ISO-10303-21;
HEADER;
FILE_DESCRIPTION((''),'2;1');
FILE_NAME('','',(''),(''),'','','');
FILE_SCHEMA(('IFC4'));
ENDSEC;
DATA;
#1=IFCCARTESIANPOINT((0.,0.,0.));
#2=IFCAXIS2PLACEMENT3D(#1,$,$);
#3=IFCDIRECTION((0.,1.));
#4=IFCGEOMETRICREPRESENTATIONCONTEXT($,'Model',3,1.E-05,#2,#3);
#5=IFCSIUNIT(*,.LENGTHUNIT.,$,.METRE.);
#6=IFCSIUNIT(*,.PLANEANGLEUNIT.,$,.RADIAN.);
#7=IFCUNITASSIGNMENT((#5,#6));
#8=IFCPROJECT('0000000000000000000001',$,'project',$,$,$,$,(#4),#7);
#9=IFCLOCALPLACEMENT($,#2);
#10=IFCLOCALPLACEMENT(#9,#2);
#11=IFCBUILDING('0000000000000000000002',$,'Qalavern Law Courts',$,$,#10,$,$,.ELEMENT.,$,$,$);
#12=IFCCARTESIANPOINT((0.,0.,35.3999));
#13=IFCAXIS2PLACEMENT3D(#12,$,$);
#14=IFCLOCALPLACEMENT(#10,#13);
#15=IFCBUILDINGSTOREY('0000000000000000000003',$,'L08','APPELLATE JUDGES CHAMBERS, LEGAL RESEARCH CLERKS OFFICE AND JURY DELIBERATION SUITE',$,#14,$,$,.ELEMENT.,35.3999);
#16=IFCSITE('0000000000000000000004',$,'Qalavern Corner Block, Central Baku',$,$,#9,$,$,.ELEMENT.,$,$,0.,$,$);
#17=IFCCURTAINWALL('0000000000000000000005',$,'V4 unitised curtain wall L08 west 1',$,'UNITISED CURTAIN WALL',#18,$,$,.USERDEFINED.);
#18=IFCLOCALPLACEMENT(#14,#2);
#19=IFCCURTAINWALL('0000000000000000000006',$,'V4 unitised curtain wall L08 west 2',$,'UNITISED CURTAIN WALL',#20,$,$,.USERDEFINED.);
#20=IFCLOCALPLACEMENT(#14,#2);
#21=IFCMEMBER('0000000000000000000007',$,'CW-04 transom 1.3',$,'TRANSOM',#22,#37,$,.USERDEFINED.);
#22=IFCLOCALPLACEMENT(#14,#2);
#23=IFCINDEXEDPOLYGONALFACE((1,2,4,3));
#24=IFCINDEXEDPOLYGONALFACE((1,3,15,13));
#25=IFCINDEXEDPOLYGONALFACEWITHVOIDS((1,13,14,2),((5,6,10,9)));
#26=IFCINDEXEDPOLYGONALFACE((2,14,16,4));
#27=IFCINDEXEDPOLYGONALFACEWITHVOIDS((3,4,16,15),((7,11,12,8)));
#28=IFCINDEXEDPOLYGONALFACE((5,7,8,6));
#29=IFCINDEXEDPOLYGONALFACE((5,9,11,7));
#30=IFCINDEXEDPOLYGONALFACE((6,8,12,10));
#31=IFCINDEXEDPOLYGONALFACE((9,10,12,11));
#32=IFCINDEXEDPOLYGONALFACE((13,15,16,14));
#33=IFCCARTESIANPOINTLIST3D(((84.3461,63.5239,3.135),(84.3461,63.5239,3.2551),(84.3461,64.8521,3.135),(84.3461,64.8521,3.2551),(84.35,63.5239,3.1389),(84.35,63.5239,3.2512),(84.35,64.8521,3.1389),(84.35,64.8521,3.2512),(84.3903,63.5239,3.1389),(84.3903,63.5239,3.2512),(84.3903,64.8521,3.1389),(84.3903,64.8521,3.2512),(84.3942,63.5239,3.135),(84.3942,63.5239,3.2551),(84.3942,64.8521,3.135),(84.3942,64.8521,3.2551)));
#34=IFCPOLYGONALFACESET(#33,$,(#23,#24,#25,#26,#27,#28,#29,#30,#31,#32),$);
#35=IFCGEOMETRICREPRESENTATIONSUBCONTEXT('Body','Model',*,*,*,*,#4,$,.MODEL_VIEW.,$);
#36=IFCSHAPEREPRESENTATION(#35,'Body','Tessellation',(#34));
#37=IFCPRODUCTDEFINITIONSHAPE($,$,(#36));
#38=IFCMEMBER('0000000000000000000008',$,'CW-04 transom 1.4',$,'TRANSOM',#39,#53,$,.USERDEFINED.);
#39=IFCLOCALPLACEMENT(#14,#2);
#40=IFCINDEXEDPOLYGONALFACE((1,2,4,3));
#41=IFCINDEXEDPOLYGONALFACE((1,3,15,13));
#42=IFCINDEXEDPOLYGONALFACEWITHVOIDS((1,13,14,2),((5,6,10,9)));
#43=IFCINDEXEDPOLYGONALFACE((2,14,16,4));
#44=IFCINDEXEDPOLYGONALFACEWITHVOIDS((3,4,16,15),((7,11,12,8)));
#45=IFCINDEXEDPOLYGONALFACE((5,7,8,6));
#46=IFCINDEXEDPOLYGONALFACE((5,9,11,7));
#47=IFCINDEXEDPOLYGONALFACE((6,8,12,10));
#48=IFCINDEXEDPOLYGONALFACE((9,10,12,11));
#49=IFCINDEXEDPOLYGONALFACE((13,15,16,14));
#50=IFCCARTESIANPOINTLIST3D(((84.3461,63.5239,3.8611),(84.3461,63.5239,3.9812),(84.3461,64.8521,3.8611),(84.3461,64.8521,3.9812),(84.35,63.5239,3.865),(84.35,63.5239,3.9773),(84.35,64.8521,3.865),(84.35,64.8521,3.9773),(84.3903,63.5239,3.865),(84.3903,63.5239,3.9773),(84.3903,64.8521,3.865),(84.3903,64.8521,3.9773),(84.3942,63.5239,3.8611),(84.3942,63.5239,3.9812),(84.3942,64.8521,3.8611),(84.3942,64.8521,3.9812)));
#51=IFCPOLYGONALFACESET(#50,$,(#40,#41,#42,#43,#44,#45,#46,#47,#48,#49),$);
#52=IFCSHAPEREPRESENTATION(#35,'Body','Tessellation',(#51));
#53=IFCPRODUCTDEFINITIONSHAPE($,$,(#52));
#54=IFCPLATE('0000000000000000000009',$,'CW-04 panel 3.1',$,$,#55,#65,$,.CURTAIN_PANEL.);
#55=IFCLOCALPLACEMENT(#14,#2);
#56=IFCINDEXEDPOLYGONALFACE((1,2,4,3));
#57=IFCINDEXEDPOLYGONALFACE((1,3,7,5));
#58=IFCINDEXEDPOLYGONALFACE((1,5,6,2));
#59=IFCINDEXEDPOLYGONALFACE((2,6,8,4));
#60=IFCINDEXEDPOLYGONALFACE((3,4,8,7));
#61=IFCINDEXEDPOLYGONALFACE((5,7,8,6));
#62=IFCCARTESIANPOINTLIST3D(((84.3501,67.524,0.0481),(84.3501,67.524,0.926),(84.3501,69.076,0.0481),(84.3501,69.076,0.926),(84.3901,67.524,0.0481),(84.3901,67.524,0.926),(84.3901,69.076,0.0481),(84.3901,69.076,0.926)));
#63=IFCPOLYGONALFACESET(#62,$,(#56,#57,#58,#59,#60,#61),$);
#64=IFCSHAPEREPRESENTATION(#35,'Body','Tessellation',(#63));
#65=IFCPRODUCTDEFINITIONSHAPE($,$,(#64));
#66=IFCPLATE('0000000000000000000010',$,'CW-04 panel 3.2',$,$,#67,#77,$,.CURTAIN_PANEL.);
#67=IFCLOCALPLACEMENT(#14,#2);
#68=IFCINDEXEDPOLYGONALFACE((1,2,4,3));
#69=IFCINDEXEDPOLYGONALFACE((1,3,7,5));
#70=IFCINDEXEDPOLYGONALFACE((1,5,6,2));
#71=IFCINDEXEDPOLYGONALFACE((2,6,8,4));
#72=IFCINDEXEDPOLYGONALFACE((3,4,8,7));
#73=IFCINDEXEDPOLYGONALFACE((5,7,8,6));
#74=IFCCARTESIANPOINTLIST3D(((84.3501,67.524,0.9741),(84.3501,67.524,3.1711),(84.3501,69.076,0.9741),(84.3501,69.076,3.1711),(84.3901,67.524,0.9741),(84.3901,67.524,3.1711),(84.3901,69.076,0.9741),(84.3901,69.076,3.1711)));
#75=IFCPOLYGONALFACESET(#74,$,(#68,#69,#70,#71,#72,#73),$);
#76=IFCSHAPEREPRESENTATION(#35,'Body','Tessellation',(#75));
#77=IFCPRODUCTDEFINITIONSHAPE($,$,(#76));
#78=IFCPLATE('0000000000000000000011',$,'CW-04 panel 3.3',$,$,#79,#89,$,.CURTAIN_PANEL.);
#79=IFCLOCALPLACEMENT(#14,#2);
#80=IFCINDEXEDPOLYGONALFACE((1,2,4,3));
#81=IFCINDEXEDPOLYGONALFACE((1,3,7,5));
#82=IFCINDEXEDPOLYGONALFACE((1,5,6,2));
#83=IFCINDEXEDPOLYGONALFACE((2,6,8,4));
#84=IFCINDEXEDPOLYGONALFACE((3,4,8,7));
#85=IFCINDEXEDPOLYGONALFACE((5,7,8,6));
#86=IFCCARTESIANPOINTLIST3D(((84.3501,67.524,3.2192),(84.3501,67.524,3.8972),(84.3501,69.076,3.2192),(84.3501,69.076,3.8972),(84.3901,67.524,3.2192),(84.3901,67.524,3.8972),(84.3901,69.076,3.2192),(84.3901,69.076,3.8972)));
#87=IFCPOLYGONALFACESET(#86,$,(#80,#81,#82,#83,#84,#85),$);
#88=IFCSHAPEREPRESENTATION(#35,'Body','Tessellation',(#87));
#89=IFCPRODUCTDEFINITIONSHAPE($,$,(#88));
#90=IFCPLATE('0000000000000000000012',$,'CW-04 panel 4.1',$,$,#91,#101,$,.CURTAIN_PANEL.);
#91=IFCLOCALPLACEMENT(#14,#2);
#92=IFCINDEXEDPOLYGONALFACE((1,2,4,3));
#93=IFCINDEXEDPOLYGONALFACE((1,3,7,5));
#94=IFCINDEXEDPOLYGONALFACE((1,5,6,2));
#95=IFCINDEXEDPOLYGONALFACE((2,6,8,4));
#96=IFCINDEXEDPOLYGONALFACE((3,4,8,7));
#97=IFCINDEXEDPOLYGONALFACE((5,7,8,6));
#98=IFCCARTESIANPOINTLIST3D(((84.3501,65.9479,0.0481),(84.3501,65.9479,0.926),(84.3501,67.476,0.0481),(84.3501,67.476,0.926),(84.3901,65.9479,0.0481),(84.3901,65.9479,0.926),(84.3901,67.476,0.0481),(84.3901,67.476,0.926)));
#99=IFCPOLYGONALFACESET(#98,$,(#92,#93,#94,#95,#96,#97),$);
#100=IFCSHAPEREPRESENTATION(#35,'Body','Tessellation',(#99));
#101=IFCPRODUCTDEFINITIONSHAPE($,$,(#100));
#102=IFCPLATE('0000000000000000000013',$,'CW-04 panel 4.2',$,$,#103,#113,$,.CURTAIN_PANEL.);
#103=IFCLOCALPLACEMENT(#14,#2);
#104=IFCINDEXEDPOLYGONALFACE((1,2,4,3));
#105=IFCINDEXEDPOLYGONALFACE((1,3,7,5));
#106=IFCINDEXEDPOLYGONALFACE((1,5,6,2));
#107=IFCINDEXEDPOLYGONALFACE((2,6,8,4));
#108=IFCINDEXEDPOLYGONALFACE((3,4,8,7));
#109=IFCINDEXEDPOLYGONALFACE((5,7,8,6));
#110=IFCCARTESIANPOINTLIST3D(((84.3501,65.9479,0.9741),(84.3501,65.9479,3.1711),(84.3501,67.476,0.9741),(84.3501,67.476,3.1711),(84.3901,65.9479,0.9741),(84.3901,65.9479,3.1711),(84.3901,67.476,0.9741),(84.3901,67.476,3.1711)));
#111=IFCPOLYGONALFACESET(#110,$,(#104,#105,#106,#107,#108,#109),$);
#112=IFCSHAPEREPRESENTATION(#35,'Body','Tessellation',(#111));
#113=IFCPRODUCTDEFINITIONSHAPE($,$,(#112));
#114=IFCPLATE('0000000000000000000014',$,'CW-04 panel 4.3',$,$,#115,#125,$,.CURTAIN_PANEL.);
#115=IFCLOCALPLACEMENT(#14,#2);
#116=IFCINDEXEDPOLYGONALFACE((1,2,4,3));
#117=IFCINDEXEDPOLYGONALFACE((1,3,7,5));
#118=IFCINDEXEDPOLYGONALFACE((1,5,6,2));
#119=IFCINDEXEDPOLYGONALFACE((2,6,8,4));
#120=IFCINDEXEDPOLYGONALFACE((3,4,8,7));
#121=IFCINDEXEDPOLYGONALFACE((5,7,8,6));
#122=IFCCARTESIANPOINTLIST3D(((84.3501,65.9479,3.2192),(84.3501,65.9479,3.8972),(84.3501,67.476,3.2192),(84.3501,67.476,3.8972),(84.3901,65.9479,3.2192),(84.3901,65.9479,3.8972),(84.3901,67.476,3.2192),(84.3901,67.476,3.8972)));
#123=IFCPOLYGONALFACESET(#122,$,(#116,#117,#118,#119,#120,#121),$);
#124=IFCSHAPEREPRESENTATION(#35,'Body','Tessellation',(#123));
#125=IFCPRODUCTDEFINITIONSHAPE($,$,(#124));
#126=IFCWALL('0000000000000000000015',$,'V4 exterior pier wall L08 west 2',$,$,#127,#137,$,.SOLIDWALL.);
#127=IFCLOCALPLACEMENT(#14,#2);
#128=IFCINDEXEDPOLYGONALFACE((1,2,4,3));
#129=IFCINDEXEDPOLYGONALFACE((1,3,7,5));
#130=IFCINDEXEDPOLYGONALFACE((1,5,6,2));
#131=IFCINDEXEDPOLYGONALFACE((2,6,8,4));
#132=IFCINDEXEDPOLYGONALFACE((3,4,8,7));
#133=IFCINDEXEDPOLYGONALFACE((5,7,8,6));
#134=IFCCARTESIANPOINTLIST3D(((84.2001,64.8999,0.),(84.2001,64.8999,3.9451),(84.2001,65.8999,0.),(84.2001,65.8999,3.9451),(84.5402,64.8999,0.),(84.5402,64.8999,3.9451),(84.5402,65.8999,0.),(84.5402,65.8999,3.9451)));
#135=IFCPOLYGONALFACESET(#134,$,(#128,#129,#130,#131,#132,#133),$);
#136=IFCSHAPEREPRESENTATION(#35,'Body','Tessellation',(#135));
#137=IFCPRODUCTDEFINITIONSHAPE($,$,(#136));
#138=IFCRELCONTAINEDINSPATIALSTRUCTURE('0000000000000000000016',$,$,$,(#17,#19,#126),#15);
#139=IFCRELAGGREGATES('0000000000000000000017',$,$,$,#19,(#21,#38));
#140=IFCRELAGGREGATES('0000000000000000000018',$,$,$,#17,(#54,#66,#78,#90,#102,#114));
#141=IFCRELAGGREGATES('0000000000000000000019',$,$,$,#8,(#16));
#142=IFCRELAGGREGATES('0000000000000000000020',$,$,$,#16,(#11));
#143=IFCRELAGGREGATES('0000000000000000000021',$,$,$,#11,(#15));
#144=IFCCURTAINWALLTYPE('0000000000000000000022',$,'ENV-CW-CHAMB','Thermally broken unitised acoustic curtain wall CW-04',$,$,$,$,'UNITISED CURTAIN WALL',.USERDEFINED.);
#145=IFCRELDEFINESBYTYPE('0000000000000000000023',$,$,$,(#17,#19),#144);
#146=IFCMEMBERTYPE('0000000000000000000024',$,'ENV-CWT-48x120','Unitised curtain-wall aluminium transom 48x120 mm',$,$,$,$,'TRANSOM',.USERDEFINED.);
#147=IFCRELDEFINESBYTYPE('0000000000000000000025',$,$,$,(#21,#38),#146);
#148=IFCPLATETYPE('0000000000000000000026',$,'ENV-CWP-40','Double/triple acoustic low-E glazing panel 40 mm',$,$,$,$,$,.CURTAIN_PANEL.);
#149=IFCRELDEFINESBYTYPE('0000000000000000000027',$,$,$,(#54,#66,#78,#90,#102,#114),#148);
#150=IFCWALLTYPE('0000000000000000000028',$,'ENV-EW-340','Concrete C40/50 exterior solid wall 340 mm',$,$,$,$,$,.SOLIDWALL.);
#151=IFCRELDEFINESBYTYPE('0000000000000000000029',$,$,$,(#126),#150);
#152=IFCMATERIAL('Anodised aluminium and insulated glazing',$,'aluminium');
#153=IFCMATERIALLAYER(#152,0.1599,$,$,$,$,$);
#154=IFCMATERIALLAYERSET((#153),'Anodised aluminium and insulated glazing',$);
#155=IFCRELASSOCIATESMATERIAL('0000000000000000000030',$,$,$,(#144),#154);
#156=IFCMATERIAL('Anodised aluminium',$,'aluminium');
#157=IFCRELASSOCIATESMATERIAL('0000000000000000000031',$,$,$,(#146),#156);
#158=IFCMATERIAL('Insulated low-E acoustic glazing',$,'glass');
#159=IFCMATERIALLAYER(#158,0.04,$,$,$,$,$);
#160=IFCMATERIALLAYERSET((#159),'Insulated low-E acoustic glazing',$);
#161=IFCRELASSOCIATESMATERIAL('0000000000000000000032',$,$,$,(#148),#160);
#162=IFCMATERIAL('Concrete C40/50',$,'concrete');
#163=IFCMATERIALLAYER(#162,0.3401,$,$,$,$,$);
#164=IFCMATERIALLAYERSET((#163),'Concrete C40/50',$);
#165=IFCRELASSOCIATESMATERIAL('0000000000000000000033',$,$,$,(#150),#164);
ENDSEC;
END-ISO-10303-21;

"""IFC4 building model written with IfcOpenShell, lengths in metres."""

from ifc_helpers import new_model, si_unit, direction, frame, frame_2d, origin, origin_2d, place, context, subcontext, project, spatial, rectangle, hollow_rectangle, extrude, material, layer, layer_set, material_profile, profile_set, type_object, element, aggregate, save


model = new_model("IFC4")

# Units and contexts
model_context = context("Model", 3, precision=1e-05, world=origin(), true_north=direction((0.0, 1.0)))
body_context = subcontext(model_context, "Body", "Model", "MODEL_VIEW")
ifc_project = project(units=[si_unit("LENGTHUNIT", "METRE"), si_unit("PLANEANGLEUNIT", "RADIAN")], contexts=[model_context])

# Site, building, storey
site_placement = place(None, origin())
site = spatial("IfcSite", under=ifc_project, at=site_placement, Name="Qalavern Corner Block, Central Baku", CompositionType="ELEMENT", RefElevation=0.0)
building_placement = place(site_placement, origin())
building = spatial("IfcBuilding", under=site, at=building_placement, Name="Qalavern Law Courts", CompositionType="ELEMENT")
storey_placement = place(building_placement, frame((0.0, 0.0, 35.3999)))
storey = spatial("IfcBuildingStorey", under=building, at=storey_placement, Name="L08", Description="APPELLATE JUDGES CHAMBERS, LEGAL RESEARCH CLERKS OFFICE AND JURY DELIBERATION SUITE", CompositionType="ELEMENT", Elevation=35.3999)

# Curtain wall
ifc_material_1 = material(Name="Anodised aluminium and insulated glazing", Category="aluminium")
ifc_layer_1 = layer(ifc_material_1, 0.1599)
ifc_layer_set_1 = layer_set([ifc_layer_1], Name="Anodised aluminium and insulated glazing")
curtain_wall_type = type_object("IfcCurtainWallType", Name="ENV-CW-CHAMB", Description="Thermally broken unitised acoustic curtain wall CW-04", ElementType="UNITISED CURTAIN WALL", PredefinedType="USERDEFINED", material=ifc_layer_set_1)
curtain_wall_1_placement = place(storey_placement, origin())
curtain_wall_1 = element("IfcCurtainWall", 1, at=curtain_wall_1_placement, inside=storey, type_object=curtain_wall_type, Name="V4 unitised curtain wall L08 west 1", ObjectType="UNITISED CURTAIN WALL", PredefinedType="USERDEFINED")
ifc_material_2 = material(Name="Anodised aluminium", Category="aluminium")

# Curtain wall
curtain_wall_2_placement = place(storey_placement, origin())
curtain_wall_2 = element("IfcCurtainWall", 2, at=curtain_wall_2_placement, inside=storey, type_object=curtain_wall_type, Name="V4 unitised curtain wall L08 west 2", ObjectType="UNITISED CURTAIN WALL", PredefinedType="USERDEFINED")

# Members
ifc_material_profile_1 = material_profile(ifc_material_2, hollow_rectangle(XDim=0.0481, YDim=0.1201, WallThickness=0.0039, at=origin_2d()), Name="ALU TRANSOM 48x120")
ifc_profile_set_1 = profile_set([ifc_material_profile_1], Name="Anodised aluminium")
member_type_1 = type_object("IfcMemberType", Name="ENV-CWT-48x120", Description="Unitised curtain-wall aluminium transom 48x120 mm", ElementType="TRANSOM", PredefinedType="USERDEFINED", material=ifc_profile_set_1)
member_1_placement = place(storey_placement, frame((84.3701, 64.8521, 3.1951), z_axis=(0.0, -1.0, 0.0), x_axis=(1.0, 0.0, 0.0)))
member_1 = element("IfcMember", 3, at=member_1_placement, type_object=member_type_1, Name="CW-04 transom 1.3", ObjectType="TRANSOM", PredefinedType="USERDEFINED", context=body_context, shape_type="SweptSolid", body=[
    extrude(hollow_rectangle(XDim=0.0481, YDim=0.1201, WallThickness=0.0039, at=origin_2d()), origin(), (0.0, 0.0, 1.0), 1.3281),
])
member_2_placement = place(storey_placement, frame((84.3701, 64.8521, 3.9211), z_axis=(0.0, -1.0, 0.0), x_axis=(1.0, 0.0, 0.0)))
member_2 = element("IfcMember", 4, at=member_2_placement, type_object=member_type_1, Name="CW-04 transom 1.4", ObjectType="TRANSOM", PredefinedType="USERDEFINED", context=body_context, shape_type="SweptSolid", body=[
    extrude(hollow_rectangle(XDim=0.0481, YDim=0.1201, WallThickness=0.0039, at=origin_2d()), origin(), (0.0, 0.0, 1.0), 1.3281),
])
aggregate(curtain_wall_2, [member_1, member_2])

# Plates
ifc_material_3 = material(Name="Insulated low-E acoustic glazing", Category="glass")
ifc_layer_2 = layer(ifc_material_3, 0.04)
ifc_layer_set_2 = layer_set([ifc_layer_2], Name="Insulated low-E acoustic glazing")
plate_type = type_object("IfcPlateType", Name="ENV-CWP-40", Description="Double/triple acoustic low-E glazing panel 40 mm", PredefinedType="CURTAIN_PANEL", material=ifc_layer_set_2)
plate_1_placement = place(storey_placement, frame((84.3701, 68.3, 0.0481), z_axis=(0.0, 0.0, 1.0), x_axis=(0.0, -1.0, 0.0)))
plate_1 = element("IfcPlate", 5, at=plate_1_placement, type_object=plate_type, Name="CW-04 panel 3.1", PredefinedType="CURTAIN_PANEL", context=body_context, shape_type="SweptSolid", body=[
    extrude(rectangle(XDim=1.552, YDim=0.04, at=origin_2d()), origin(), (0.0, 0.0, 1.0), 0.8779),
])
plate_2_placement = place(storey_placement, frame((84.3701, 68.3, 0.9741), z_axis=(0.0, 0.0, 1.0), x_axis=(0.0, -1.0, 0.0)))
plate_2 = element("IfcPlate", 6, at=plate_2_placement, type_object=plate_type, Name="CW-04 panel 3.2", PredefinedType="CURTAIN_PANEL", context=body_context, shape_type="SweptSolid", body=[
    extrude(rectangle(XDim=1.552, YDim=0.04, at=origin_2d()), origin(), (0.0, 0.0, 1.0), 2.197),
])
plate_3_placement = place(storey_placement, frame((84.3701, 68.3, 3.2192), z_axis=(0.0, 0.0, 1.0), x_axis=(0.0, -1.0, 0.0)))
plate_3 = element("IfcPlate", 7, at=plate_3_placement, type_object=plate_type, Name="CW-04 panel 3.3", PredefinedType="CURTAIN_PANEL", context=body_context, shape_type="SweptSolid", body=[
    extrude(rectangle(XDim=1.552, YDim=0.04, at=origin_2d()), origin(), (0.0, 0.0, 1.0), 0.678),
])
plate_4_placement = place(storey_placement, frame((84.3701, 66.7119, 0.0481), z_axis=(0.0, 0.0, 1.0), x_axis=(0.0, -1.0, 0.0)))
plate_4 = element("IfcPlate", 8, at=plate_4_placement, type_object=plate_type, Name="CW-04 panel 4.1", PredefinedType="CURTAIN_PANEL", context=body_context, shape_type="SweptSolid", body=[
    extrude(rectangle(XDim=1.5281, YDim=0.04, at=origin_2d()), origin(), (0.0, 0.0, 1.0), 0.8779),
])
plate_5_placement = place(storey_placement, frame((84.3701, 66.7119, 0.9741), z_axis=(0.0, 0.0, 1.0), x_axis=(0.0, -1.0, 0.0)))
plate_5 = element("IfcPlate", 9, at=plate_5_placement, type_object=plate_type, Name="CW-04 panel 4.2", PredefinedType="CURTAIN_PANEL", context=body_context, shape_type="SweptSolid", body=[
    extrude(rectangle(XDim=1.5281, YDim=0.04, at=origin_2d()), origin(), (0.0, 0.0, 1.0), 2.197),
])
plate_6_placement = place(storey_placement, frame((84.3701, 66.7119, 3.2192), z_axis=(0.0, 0.0, 1.0), x_axis=(0.0, -1.0, 0.0)))
plate_6 = element("IfcPlate", 10, at=plate_6_placement, type_object=plate_type, Name="CW-04 panel 4.3", PredefinedType="CURTAIN_PANEL", context=body_context, shape_type="SweptSolid", body=[
    extrude(rectangle(XDim=1.5281, YDim=0.04, at=origin_2d()), origin(), (0.0, 0.0, 1.0), 0.678),
])
aggregate(curtain_wall_1, [plate_1, plate_2, plate_3, plate_4, plate_5, plate_6])

# Wall
ifc_material_4 = material(Name="Concrete C40/50", Category="concrete")
ifc_layer_3 = layer(ifc_material_4, 0.3401)
ifc_layer_set_3 = layer_set([ifc_layer_3], Name="Concrete C40/50")
wall_type = type_object("IfcWallType", Name="ENV-EW-340", Description="Concrete C40/50 exterior solid wall 340 mm", PredefinedType="SOLIDWALL", material=ifc_layer_set_3)
wall_placement = place(storey_placement, frame((84.3701, 65.8999, 0.0), z_axis=(0.0, 0.0, 1.0), x_axis=(0.0, -1.0, 0.0)))
element("IfcWall", 11, at=wall_placement, inside=storey, type_object=wall_type, Name="V4 exterior pier wall L08 west 2", PredefinedType="SOLIDWALL", context=body_context, shape_type="SweptSolid", body=[
    extrude(rectangle(XDim=1.0, YDim=0.3401, at=frame_2d((0.5, 0.0))), origin(), (0.0, 0.0, 1.0), 3.9451),
])

save(model, "model.ifc")
